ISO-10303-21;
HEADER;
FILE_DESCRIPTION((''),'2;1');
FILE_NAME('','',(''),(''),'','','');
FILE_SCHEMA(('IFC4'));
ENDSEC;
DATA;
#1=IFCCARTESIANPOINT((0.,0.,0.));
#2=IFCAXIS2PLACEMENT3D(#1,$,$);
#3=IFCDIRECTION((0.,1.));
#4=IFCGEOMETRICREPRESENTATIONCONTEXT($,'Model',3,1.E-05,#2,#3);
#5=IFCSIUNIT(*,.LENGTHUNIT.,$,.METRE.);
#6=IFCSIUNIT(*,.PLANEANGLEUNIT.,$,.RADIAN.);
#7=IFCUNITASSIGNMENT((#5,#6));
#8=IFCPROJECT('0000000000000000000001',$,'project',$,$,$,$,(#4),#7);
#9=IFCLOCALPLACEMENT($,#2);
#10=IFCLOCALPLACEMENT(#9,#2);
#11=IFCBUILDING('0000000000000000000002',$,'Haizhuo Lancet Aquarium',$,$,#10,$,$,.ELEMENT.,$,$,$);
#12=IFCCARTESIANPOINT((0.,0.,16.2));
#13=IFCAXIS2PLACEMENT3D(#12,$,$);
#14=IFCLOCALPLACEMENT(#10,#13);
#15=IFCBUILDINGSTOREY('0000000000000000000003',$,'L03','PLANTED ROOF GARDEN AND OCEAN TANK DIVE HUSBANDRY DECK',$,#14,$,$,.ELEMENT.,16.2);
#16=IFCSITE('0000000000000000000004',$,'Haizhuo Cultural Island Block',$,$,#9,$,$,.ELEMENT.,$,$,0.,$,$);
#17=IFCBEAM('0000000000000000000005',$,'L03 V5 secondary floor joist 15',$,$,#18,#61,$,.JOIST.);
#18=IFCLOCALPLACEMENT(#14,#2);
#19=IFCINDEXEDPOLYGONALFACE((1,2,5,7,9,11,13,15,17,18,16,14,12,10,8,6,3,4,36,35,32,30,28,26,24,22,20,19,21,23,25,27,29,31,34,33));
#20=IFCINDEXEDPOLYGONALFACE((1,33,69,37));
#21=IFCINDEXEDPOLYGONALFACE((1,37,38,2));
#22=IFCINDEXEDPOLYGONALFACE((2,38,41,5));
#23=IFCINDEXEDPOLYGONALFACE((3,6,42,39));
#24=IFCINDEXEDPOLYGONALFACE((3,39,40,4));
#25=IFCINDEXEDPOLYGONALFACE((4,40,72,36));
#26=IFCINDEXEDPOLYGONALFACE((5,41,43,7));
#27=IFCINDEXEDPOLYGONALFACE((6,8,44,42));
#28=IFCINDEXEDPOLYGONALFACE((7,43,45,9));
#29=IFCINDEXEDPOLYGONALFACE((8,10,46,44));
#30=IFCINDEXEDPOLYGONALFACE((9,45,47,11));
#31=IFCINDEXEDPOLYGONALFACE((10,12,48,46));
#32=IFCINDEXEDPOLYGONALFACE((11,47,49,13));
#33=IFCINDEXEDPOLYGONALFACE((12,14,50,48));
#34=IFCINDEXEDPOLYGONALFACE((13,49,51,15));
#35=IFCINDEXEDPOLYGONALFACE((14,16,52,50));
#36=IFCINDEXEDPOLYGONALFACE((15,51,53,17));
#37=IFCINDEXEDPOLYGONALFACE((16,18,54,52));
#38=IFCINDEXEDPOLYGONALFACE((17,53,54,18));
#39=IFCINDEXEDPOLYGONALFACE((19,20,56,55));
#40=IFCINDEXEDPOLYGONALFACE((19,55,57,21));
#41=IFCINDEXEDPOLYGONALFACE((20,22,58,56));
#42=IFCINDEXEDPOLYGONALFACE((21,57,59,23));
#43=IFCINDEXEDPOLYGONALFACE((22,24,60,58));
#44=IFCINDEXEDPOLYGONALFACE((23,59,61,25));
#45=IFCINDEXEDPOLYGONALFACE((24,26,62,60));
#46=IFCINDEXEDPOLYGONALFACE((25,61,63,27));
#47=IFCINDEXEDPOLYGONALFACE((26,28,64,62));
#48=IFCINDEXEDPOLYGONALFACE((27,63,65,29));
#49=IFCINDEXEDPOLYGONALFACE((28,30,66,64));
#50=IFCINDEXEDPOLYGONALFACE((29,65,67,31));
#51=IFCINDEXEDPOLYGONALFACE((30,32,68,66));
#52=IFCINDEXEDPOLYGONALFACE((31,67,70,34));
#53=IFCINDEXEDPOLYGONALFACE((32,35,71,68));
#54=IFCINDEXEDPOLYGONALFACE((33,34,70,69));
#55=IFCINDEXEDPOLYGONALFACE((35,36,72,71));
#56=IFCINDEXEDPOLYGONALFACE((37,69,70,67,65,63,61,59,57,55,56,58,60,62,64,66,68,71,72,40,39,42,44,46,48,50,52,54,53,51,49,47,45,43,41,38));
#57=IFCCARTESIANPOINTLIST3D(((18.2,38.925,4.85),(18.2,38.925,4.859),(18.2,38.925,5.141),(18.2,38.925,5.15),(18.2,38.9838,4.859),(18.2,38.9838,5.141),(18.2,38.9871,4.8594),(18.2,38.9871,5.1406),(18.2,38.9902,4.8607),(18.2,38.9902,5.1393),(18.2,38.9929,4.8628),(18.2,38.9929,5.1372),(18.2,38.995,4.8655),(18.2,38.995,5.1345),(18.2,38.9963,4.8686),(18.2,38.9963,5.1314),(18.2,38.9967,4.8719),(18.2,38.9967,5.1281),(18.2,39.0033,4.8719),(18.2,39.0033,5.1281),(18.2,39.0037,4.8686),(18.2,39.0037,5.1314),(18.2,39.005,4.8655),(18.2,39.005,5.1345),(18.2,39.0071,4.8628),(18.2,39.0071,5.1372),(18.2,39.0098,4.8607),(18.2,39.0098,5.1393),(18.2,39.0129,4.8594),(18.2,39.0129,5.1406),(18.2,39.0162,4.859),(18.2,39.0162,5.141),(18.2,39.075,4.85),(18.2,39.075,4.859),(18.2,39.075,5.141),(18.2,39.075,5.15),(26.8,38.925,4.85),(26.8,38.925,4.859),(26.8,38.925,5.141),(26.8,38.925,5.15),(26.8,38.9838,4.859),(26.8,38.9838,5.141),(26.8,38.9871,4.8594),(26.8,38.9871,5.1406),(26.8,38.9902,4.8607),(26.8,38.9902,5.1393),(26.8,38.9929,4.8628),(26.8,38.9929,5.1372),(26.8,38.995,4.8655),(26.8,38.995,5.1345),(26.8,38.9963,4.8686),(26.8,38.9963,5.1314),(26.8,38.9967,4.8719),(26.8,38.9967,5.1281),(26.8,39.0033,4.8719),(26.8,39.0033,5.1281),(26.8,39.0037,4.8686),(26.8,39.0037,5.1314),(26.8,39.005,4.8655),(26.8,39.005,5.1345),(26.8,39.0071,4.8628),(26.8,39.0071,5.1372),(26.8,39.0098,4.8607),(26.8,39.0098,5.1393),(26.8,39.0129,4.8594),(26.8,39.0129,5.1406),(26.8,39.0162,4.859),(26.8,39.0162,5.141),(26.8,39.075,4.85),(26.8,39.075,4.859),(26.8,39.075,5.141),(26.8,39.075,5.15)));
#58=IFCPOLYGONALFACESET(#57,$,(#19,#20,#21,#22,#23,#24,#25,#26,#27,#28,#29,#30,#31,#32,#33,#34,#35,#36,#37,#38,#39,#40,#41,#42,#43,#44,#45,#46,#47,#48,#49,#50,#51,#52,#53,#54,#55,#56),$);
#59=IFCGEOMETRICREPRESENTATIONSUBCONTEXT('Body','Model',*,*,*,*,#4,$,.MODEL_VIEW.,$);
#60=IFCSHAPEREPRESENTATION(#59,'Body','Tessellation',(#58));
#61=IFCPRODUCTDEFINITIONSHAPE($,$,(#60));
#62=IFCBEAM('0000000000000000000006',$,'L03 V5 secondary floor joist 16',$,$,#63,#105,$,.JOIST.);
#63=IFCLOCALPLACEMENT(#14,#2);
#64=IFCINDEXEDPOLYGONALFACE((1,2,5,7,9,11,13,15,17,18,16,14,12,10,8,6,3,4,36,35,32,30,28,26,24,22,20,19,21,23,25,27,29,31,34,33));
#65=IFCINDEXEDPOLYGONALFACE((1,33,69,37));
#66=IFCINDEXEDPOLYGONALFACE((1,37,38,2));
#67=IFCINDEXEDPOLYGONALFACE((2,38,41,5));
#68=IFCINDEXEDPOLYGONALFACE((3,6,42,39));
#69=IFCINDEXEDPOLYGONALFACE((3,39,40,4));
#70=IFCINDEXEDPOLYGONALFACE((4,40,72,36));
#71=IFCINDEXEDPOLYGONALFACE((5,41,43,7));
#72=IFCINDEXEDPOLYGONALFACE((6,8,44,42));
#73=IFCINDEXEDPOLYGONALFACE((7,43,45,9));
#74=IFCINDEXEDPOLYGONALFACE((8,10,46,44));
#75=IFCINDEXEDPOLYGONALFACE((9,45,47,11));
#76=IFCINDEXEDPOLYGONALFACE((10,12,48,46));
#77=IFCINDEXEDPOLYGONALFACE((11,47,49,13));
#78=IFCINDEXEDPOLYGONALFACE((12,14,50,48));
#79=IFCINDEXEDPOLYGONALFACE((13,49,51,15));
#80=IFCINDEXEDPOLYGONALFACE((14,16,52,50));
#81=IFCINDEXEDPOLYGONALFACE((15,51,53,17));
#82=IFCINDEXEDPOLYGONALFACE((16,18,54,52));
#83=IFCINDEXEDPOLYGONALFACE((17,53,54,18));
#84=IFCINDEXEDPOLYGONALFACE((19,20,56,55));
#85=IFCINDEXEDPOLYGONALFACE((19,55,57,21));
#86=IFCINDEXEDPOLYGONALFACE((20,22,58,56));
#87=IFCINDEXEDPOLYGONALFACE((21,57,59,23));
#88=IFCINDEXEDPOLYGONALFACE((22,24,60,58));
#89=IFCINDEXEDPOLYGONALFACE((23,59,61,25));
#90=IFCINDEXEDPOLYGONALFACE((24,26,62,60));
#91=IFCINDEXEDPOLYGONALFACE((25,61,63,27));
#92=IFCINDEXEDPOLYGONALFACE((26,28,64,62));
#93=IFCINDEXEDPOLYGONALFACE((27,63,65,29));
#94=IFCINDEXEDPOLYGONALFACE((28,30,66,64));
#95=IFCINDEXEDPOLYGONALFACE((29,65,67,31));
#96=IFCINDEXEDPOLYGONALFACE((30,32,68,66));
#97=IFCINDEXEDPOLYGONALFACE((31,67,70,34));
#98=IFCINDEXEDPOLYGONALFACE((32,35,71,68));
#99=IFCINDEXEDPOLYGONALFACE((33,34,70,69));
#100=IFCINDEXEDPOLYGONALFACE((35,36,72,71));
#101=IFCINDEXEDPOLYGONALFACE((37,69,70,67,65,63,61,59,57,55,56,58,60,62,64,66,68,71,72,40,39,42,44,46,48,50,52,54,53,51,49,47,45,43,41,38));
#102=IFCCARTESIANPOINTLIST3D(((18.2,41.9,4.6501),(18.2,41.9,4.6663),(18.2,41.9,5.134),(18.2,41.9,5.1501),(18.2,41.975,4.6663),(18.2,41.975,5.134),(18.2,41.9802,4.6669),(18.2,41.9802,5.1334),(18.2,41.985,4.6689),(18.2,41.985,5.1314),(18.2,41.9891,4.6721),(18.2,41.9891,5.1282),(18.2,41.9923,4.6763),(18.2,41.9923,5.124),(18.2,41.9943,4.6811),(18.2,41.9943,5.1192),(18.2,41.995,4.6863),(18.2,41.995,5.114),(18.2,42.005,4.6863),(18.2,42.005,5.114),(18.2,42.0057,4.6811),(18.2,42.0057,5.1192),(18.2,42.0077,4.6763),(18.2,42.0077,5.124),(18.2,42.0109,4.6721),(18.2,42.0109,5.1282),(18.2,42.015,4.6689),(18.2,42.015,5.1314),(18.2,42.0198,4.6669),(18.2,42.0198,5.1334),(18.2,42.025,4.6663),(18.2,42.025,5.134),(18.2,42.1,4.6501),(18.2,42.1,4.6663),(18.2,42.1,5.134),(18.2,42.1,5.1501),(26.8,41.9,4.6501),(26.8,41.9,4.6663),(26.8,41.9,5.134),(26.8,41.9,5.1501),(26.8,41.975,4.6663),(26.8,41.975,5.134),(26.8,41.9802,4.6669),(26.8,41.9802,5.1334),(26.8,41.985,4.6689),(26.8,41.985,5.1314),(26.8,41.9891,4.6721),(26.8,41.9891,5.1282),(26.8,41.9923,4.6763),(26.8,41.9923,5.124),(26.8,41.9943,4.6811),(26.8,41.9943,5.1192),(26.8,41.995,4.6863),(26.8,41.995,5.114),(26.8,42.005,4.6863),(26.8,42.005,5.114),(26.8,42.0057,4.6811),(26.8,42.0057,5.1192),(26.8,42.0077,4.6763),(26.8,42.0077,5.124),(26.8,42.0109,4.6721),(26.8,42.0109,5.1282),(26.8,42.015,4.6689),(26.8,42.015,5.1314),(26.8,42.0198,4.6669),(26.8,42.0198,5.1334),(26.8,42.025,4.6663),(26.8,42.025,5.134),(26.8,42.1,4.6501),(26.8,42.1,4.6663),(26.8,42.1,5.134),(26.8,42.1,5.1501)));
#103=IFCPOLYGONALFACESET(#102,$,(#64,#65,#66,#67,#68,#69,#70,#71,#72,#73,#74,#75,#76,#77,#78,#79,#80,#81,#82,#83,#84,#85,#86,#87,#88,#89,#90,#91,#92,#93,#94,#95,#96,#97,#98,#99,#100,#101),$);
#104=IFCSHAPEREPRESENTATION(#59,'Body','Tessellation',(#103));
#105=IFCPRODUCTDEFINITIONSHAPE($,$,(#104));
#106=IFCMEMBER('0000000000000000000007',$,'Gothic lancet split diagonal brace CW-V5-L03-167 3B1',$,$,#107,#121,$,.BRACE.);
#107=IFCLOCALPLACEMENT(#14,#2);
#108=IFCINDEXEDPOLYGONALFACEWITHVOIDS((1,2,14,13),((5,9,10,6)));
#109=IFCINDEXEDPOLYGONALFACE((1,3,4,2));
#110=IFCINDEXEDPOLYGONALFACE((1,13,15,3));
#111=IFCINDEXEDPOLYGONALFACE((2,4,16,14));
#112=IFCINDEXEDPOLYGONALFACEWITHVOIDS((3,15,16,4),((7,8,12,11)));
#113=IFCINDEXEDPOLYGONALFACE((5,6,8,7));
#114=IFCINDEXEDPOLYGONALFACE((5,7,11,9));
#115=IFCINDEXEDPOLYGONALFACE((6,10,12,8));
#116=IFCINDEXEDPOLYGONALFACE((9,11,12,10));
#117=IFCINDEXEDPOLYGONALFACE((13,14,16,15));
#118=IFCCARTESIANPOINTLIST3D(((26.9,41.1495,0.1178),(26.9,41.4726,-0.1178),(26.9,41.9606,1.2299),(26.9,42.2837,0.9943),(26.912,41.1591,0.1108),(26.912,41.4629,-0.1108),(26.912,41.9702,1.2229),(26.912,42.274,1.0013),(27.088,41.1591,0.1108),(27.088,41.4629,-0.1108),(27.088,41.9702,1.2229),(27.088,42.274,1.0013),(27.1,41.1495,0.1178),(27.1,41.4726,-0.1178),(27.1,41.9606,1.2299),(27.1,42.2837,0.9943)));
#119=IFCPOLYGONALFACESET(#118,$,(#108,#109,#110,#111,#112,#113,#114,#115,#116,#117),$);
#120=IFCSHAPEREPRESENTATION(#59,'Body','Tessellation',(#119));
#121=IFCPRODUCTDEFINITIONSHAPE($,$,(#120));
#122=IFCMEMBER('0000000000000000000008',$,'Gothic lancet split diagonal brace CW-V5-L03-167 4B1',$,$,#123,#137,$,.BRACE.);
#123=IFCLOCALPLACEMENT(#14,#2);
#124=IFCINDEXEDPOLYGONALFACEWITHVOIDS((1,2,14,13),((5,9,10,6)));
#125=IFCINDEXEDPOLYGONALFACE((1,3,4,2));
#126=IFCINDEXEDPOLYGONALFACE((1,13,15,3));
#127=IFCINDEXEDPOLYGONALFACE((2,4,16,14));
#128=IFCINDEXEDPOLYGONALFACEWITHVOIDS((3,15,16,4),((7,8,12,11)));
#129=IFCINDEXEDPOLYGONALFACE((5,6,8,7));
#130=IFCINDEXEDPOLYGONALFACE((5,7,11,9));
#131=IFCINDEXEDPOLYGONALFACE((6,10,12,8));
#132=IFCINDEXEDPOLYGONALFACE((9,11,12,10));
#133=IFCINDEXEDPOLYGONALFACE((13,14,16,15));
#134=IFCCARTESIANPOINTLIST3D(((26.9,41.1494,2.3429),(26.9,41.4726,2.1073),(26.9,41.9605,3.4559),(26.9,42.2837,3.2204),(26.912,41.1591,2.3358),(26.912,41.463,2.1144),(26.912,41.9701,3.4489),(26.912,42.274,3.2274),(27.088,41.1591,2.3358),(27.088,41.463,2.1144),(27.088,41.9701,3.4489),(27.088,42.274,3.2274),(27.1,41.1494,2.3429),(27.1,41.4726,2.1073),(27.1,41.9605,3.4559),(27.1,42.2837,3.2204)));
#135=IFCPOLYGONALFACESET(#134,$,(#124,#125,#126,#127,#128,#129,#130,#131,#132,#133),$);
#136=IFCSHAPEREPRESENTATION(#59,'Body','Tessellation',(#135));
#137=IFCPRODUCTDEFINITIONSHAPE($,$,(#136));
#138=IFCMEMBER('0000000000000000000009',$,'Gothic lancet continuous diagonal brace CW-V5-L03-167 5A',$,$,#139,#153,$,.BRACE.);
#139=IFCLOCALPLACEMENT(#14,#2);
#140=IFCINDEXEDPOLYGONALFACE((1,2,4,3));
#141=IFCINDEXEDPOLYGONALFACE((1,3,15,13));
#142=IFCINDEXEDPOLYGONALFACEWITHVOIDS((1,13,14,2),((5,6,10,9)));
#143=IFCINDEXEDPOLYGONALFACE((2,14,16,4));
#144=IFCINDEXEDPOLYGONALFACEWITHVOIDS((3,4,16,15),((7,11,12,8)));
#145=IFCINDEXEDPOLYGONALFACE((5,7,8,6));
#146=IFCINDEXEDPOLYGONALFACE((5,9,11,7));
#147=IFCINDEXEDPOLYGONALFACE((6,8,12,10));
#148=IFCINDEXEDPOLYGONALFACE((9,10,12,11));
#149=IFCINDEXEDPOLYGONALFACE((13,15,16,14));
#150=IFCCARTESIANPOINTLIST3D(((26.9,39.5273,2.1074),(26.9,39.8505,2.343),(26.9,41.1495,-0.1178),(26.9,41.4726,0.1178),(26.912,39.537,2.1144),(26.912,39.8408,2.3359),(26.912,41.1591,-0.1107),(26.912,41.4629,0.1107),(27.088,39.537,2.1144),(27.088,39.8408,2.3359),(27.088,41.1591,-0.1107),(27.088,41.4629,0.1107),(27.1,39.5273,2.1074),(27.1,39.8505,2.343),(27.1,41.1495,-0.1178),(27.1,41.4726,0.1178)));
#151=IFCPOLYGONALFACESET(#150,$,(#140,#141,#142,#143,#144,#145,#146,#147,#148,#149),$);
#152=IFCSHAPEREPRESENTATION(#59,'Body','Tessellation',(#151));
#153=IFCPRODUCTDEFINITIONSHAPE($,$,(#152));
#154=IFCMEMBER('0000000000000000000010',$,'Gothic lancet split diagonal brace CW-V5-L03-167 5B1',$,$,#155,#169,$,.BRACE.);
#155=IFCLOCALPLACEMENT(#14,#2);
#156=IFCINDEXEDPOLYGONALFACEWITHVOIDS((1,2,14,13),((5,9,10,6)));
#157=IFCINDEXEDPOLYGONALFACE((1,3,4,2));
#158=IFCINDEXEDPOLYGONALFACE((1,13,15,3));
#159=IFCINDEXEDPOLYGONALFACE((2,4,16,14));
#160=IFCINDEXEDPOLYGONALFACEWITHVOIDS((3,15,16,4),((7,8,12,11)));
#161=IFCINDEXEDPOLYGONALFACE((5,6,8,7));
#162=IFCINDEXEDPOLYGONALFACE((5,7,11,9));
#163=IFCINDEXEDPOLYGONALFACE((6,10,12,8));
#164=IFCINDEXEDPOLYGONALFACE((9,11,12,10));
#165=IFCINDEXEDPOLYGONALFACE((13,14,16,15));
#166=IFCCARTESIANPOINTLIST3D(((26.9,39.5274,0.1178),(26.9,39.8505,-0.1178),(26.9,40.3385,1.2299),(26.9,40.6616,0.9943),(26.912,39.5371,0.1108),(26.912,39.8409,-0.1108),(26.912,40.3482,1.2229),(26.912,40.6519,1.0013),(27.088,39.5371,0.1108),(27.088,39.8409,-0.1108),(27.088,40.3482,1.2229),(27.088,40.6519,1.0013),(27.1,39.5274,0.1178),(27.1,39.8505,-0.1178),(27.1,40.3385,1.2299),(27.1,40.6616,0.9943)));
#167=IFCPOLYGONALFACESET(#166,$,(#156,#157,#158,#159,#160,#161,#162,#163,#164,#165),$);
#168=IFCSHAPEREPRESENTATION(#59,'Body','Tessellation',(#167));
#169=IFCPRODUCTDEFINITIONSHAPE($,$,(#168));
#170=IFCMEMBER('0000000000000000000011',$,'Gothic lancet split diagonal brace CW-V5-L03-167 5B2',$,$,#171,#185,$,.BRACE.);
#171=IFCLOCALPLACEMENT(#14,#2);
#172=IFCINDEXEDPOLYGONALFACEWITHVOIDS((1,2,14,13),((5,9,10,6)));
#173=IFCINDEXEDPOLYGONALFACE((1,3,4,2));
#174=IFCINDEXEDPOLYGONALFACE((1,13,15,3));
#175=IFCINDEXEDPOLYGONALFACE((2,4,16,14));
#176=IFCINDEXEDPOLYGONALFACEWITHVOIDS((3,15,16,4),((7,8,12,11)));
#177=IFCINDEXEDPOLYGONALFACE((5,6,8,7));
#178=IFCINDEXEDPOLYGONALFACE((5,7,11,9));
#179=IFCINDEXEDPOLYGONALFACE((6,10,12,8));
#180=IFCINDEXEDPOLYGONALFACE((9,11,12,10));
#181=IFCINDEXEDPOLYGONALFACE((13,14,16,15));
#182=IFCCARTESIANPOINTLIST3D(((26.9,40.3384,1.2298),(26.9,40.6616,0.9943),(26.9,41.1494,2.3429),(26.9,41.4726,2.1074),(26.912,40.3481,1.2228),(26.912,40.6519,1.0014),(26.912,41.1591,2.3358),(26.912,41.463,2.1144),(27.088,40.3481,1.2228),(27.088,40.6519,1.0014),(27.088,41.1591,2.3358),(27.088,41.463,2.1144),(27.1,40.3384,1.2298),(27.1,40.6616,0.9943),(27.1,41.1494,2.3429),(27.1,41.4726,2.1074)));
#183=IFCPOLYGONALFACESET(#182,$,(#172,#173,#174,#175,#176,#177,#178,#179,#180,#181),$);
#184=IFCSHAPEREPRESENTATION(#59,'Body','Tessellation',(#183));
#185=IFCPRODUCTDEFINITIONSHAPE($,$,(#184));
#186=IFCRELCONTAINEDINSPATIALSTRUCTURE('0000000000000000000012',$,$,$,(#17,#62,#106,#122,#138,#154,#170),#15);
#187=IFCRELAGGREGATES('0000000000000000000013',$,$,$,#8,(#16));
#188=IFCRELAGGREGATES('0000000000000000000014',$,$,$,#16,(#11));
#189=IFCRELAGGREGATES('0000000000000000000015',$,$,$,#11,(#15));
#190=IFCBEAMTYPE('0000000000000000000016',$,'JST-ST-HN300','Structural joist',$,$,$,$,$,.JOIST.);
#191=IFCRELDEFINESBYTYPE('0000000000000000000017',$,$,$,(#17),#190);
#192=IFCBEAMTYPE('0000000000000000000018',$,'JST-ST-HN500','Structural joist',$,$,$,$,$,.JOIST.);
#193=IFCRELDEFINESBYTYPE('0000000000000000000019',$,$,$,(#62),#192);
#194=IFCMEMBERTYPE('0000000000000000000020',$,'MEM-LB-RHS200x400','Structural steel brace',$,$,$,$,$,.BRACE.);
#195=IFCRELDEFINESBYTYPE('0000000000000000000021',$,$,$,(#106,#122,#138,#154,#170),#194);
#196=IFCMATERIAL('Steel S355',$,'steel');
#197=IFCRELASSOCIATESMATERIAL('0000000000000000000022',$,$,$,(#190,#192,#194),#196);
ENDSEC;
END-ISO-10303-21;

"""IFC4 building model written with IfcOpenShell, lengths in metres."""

from ifc_helpers import new_model, si_unit, direction, frame, origin, origin_2d, place, context, subcontext, project, spatial, hollow_rectangle, i_section, extrude, material, material_profile, profile_set, type_object, element, save


model = new_model("IFC4")

# Units and contexts
model_context = context("Model", 3, precision=1e-05, world=origin(), true_north=direction((0.0, 1.0)))
body_context = subcontext(model_context, "Body", "Model", "MODEL_VIEW")
ifc_project = project(units=[si_unit("LENGTHUNIT", "METRE"), si_unit("PLANEANGLEUNIT", "RADIAN")], contexts=[model_context])

# Site, building, storey
site_placement = place(None, origin())
site = spatial("IfcSite", under=ifc_project, at=site_placement, Name="Haizhuo Cultural Island Block", CompositionType="ELEMENT", RefElevation=0.0)
building_placement = place(site_placement, origin())
building = spatial("IfcBuilding", under=site, at=building_placement, Name="Haizhuo Lancet Aquarium", CompositionType="ELEMENT")
storey_placement = place(building_placement, frame((0.0, 0.0, 16.2)))
storey = spatial("IfcBuildingStorey", under=building, at=storey_placement, Name="L03", Description="PLANTED ROOF GARDEN AND OCEAN TANK DIVE HUSBANDRY DECK", CompositionType="ELEMENT", Elevation=16.2)

# Beams
ifc_material_1 = material(Name="Steel S355", Category="steel")
ifc_material_profile_1 = material_profile(ifc_material_1, i_section(OverallWidth=0.1499, OverallDepth=0.3, WebThickness=0.0066, FlangeThickness=0.009, FilletRadius=0.0129, at=origin_2d()), Name="HN 300x150x6.5x9")
ifc_profile_set_1 = profile_set([ifc_material_profile_1], Name="Steel S355")
beam_type_1 = type_object("IfcBeamType", Name="JST-ST-HN300", Description="Structural joist", PredefinedType="JOIST", material=ifc_profile_set_1)
beam_1_placement = place(storey_placement, frame((18.2, 39.0, 5.0), z_axis=(1.0, 0.0, 0.0), x_axis=(0.0, 1.0, 0.0)))
element("IfcBeam", 1, at=beam_1_placement, inside=storey, type_object=beam_type_1, Name="L03 V5 secondary floor joist 15", PredefinedType="JOIST", context=body_context, shape_type="SweptSolid", body=[
    extrude(i_section(OverallWidth=0.1499, OverallDepth=0.3, WebThickness=0.0066, FlangeThickness=0.009, FilletRadius=0.0129, at=origin_2d()), origin(), (0.0, 0.0, 1.0), 8.6001),
])
ifc_material_profile_2 = material_profile(ifc_material_1, i_section(OverallWidth=0.2, OverallDepth=0.5, WebThickness=0.01, FlangeThickness=0.0161, FilletRadius=0.02, at=origin_2d()), Name="HN 500x200x10x16")
ifc_profile_set_2 = profile_set([ifc_material_profile_2], Name="Steel S355")
beam_type_2 = type_object("IfcBeamType", Name="JST-ST-HN500", Description="Structural joist", PredefinedType="JOIST", material=ifc_profile_set_2)
beam_2_placement = place(storey_placement, frame((18.2, 42.0, 4.9001), z_axis=(1.0, 0.0, 0.0), x_axis=(0.0, 1.0, 0.0)))
element("IfcBeam", 2, at=beam_2_placement, inside=storey, type_object=beam_type_2, Name="L03 V5 secondary floor joist 16", PredefinedType="JOIST", context=body_context, shape_type="SweptSolid", body=[
    extrude(i_section(OverallWidth=0.2, OverallDepth=0.5, WebThickness=0.01, FlangeThickness=0.0161, FilletRadius=0.02, at=origin_2d()), origin(), (0.0, 0.0, 1.0), 8.6001),
])

# Members
ifc_material_profile_3 = material_profile(ifc_material_1, hollow_rectangle(XDim=0.2, YDim=0.3999, WallThickness=0.012, at=origin_2d()), Name="RHS 200x400x12")
ifc_profile_set_3 = profile_set([ifc_material_profile_3], Name="Steel S355")
member_type_1 = type_object("IfcMemberType", Name="MEM-LB-RHS200x400", Description="Structural steel brace", PredefinedType="BRACE", material=ifc_profile_set_3)
member_1_placement = place(storey_placement, frame((27.0, 41.311, 0.0), z_axis=(0.0, 0.589247, 0.807953), x_axis=(-1.0, 0.0, 0.0)))
element("IfcMember", 3, at=member_1_placement, inside=storey, type_object=member_type_1, Name="Gothic lancet split diagonal brace CW-V5-L03-167 3B1", PredefinedType="BRACE", context=body_context, shape_type="SweptSolid", body=[
    extrude(hollow_rectangle(XDim=0.2, YDim=0.3999, WallThickness=0.012, at=origin_2d()), origin(), (0.0, 0.0, 1.0), 1.3765),
])
member_2_placement = place(storey_placement, frame((27.0, 41.311, 2.2251), z_axis=(0.0, 0.588909, 0.808199), x_axis=(-1.0, 0.0, 0.0)))
element("IfcMember", 4, at=member_2_placement, inside=storey, type_object=member_type_1, Name="Gothic lancet split diagonal brace CW-V5-L03-167 4B1", PredefinedType="BRACE", context=body_context, shape_type="SweptSolid", body=[
    extrude(hollow_rectangle(XDim=0.2, YDim=0.3999, WallThickness=0.012, at=origin_2d()), origin(), (0.0, 0.0, 1.0), 1.3772),
])
member_3_placement = place(storey_placement, frame((27.0, 41.311, 0.0), z_axis=(0.0, -0.589078, 0.808076), x_axis=(1.0, 0.0, 0.0)))
element("IfcMember", 5, at=member_3_placement, inside=storey, type_object=member_type_1, Name="Gothic lancet continuous diagonal brace CW-V5-L03-167 5A", PredefinedType="BRACE", context=body_context, shape_type="SweptSolid", body=[
    extrude(hollow_rectangle(XDim=0.2, YDim=0.3999, WallThickness=0.012, at=origin_2d()), origin(), (0.0, 0.0, 1.0), 2.7537),
])
member_4_placement = place(storey_placement, frame((27.0, 39.689, 0.0), z_axis=(0.0, 0.589247, 0.807953), x_axis=(-1.0, 0.0, 0.0)))
element("IfcMember", 6, at=member_4_placement, inside=storey, type_object=member_type_1, Name="Gothic lancet split diagonal brace CW-V5-L03-167 5B1", PredefinedType="BRACE", context=body_context, shape_type="SweptSolid", body=[
    extrude(hollow_rectangle(XDim=0.2, YDim=0.3999, WallThickness=0.012, at=origin_2d()), origin(), (0.0, 0.0, 1.0), 1.3765),
])
member_5_placement = place(storey_placement, frame((27.0, 40.5, 1.1121), z_axis=(0.0, 0.588909, 0.808199), x_axis=(-1.0, 0.0, 0.0)))
element("IfcMember", 7, at=member_5_placement, inside=storey, type_object=member_type_1, Name="Gothic lancet split diagonal brace CW-V5-L03-167 5B2", PredefinedType="BRACE", context=body_context, shape_type="SweptSolid", body=[
    extrude(hollow_rectangle(XDim=0.2, YDim=0.3999, WallThickness=0.012, at=origin_2d()), origin(), (0.0, 0.0, 1.0), 1.3772),
])

save(model, "model.ifc")
